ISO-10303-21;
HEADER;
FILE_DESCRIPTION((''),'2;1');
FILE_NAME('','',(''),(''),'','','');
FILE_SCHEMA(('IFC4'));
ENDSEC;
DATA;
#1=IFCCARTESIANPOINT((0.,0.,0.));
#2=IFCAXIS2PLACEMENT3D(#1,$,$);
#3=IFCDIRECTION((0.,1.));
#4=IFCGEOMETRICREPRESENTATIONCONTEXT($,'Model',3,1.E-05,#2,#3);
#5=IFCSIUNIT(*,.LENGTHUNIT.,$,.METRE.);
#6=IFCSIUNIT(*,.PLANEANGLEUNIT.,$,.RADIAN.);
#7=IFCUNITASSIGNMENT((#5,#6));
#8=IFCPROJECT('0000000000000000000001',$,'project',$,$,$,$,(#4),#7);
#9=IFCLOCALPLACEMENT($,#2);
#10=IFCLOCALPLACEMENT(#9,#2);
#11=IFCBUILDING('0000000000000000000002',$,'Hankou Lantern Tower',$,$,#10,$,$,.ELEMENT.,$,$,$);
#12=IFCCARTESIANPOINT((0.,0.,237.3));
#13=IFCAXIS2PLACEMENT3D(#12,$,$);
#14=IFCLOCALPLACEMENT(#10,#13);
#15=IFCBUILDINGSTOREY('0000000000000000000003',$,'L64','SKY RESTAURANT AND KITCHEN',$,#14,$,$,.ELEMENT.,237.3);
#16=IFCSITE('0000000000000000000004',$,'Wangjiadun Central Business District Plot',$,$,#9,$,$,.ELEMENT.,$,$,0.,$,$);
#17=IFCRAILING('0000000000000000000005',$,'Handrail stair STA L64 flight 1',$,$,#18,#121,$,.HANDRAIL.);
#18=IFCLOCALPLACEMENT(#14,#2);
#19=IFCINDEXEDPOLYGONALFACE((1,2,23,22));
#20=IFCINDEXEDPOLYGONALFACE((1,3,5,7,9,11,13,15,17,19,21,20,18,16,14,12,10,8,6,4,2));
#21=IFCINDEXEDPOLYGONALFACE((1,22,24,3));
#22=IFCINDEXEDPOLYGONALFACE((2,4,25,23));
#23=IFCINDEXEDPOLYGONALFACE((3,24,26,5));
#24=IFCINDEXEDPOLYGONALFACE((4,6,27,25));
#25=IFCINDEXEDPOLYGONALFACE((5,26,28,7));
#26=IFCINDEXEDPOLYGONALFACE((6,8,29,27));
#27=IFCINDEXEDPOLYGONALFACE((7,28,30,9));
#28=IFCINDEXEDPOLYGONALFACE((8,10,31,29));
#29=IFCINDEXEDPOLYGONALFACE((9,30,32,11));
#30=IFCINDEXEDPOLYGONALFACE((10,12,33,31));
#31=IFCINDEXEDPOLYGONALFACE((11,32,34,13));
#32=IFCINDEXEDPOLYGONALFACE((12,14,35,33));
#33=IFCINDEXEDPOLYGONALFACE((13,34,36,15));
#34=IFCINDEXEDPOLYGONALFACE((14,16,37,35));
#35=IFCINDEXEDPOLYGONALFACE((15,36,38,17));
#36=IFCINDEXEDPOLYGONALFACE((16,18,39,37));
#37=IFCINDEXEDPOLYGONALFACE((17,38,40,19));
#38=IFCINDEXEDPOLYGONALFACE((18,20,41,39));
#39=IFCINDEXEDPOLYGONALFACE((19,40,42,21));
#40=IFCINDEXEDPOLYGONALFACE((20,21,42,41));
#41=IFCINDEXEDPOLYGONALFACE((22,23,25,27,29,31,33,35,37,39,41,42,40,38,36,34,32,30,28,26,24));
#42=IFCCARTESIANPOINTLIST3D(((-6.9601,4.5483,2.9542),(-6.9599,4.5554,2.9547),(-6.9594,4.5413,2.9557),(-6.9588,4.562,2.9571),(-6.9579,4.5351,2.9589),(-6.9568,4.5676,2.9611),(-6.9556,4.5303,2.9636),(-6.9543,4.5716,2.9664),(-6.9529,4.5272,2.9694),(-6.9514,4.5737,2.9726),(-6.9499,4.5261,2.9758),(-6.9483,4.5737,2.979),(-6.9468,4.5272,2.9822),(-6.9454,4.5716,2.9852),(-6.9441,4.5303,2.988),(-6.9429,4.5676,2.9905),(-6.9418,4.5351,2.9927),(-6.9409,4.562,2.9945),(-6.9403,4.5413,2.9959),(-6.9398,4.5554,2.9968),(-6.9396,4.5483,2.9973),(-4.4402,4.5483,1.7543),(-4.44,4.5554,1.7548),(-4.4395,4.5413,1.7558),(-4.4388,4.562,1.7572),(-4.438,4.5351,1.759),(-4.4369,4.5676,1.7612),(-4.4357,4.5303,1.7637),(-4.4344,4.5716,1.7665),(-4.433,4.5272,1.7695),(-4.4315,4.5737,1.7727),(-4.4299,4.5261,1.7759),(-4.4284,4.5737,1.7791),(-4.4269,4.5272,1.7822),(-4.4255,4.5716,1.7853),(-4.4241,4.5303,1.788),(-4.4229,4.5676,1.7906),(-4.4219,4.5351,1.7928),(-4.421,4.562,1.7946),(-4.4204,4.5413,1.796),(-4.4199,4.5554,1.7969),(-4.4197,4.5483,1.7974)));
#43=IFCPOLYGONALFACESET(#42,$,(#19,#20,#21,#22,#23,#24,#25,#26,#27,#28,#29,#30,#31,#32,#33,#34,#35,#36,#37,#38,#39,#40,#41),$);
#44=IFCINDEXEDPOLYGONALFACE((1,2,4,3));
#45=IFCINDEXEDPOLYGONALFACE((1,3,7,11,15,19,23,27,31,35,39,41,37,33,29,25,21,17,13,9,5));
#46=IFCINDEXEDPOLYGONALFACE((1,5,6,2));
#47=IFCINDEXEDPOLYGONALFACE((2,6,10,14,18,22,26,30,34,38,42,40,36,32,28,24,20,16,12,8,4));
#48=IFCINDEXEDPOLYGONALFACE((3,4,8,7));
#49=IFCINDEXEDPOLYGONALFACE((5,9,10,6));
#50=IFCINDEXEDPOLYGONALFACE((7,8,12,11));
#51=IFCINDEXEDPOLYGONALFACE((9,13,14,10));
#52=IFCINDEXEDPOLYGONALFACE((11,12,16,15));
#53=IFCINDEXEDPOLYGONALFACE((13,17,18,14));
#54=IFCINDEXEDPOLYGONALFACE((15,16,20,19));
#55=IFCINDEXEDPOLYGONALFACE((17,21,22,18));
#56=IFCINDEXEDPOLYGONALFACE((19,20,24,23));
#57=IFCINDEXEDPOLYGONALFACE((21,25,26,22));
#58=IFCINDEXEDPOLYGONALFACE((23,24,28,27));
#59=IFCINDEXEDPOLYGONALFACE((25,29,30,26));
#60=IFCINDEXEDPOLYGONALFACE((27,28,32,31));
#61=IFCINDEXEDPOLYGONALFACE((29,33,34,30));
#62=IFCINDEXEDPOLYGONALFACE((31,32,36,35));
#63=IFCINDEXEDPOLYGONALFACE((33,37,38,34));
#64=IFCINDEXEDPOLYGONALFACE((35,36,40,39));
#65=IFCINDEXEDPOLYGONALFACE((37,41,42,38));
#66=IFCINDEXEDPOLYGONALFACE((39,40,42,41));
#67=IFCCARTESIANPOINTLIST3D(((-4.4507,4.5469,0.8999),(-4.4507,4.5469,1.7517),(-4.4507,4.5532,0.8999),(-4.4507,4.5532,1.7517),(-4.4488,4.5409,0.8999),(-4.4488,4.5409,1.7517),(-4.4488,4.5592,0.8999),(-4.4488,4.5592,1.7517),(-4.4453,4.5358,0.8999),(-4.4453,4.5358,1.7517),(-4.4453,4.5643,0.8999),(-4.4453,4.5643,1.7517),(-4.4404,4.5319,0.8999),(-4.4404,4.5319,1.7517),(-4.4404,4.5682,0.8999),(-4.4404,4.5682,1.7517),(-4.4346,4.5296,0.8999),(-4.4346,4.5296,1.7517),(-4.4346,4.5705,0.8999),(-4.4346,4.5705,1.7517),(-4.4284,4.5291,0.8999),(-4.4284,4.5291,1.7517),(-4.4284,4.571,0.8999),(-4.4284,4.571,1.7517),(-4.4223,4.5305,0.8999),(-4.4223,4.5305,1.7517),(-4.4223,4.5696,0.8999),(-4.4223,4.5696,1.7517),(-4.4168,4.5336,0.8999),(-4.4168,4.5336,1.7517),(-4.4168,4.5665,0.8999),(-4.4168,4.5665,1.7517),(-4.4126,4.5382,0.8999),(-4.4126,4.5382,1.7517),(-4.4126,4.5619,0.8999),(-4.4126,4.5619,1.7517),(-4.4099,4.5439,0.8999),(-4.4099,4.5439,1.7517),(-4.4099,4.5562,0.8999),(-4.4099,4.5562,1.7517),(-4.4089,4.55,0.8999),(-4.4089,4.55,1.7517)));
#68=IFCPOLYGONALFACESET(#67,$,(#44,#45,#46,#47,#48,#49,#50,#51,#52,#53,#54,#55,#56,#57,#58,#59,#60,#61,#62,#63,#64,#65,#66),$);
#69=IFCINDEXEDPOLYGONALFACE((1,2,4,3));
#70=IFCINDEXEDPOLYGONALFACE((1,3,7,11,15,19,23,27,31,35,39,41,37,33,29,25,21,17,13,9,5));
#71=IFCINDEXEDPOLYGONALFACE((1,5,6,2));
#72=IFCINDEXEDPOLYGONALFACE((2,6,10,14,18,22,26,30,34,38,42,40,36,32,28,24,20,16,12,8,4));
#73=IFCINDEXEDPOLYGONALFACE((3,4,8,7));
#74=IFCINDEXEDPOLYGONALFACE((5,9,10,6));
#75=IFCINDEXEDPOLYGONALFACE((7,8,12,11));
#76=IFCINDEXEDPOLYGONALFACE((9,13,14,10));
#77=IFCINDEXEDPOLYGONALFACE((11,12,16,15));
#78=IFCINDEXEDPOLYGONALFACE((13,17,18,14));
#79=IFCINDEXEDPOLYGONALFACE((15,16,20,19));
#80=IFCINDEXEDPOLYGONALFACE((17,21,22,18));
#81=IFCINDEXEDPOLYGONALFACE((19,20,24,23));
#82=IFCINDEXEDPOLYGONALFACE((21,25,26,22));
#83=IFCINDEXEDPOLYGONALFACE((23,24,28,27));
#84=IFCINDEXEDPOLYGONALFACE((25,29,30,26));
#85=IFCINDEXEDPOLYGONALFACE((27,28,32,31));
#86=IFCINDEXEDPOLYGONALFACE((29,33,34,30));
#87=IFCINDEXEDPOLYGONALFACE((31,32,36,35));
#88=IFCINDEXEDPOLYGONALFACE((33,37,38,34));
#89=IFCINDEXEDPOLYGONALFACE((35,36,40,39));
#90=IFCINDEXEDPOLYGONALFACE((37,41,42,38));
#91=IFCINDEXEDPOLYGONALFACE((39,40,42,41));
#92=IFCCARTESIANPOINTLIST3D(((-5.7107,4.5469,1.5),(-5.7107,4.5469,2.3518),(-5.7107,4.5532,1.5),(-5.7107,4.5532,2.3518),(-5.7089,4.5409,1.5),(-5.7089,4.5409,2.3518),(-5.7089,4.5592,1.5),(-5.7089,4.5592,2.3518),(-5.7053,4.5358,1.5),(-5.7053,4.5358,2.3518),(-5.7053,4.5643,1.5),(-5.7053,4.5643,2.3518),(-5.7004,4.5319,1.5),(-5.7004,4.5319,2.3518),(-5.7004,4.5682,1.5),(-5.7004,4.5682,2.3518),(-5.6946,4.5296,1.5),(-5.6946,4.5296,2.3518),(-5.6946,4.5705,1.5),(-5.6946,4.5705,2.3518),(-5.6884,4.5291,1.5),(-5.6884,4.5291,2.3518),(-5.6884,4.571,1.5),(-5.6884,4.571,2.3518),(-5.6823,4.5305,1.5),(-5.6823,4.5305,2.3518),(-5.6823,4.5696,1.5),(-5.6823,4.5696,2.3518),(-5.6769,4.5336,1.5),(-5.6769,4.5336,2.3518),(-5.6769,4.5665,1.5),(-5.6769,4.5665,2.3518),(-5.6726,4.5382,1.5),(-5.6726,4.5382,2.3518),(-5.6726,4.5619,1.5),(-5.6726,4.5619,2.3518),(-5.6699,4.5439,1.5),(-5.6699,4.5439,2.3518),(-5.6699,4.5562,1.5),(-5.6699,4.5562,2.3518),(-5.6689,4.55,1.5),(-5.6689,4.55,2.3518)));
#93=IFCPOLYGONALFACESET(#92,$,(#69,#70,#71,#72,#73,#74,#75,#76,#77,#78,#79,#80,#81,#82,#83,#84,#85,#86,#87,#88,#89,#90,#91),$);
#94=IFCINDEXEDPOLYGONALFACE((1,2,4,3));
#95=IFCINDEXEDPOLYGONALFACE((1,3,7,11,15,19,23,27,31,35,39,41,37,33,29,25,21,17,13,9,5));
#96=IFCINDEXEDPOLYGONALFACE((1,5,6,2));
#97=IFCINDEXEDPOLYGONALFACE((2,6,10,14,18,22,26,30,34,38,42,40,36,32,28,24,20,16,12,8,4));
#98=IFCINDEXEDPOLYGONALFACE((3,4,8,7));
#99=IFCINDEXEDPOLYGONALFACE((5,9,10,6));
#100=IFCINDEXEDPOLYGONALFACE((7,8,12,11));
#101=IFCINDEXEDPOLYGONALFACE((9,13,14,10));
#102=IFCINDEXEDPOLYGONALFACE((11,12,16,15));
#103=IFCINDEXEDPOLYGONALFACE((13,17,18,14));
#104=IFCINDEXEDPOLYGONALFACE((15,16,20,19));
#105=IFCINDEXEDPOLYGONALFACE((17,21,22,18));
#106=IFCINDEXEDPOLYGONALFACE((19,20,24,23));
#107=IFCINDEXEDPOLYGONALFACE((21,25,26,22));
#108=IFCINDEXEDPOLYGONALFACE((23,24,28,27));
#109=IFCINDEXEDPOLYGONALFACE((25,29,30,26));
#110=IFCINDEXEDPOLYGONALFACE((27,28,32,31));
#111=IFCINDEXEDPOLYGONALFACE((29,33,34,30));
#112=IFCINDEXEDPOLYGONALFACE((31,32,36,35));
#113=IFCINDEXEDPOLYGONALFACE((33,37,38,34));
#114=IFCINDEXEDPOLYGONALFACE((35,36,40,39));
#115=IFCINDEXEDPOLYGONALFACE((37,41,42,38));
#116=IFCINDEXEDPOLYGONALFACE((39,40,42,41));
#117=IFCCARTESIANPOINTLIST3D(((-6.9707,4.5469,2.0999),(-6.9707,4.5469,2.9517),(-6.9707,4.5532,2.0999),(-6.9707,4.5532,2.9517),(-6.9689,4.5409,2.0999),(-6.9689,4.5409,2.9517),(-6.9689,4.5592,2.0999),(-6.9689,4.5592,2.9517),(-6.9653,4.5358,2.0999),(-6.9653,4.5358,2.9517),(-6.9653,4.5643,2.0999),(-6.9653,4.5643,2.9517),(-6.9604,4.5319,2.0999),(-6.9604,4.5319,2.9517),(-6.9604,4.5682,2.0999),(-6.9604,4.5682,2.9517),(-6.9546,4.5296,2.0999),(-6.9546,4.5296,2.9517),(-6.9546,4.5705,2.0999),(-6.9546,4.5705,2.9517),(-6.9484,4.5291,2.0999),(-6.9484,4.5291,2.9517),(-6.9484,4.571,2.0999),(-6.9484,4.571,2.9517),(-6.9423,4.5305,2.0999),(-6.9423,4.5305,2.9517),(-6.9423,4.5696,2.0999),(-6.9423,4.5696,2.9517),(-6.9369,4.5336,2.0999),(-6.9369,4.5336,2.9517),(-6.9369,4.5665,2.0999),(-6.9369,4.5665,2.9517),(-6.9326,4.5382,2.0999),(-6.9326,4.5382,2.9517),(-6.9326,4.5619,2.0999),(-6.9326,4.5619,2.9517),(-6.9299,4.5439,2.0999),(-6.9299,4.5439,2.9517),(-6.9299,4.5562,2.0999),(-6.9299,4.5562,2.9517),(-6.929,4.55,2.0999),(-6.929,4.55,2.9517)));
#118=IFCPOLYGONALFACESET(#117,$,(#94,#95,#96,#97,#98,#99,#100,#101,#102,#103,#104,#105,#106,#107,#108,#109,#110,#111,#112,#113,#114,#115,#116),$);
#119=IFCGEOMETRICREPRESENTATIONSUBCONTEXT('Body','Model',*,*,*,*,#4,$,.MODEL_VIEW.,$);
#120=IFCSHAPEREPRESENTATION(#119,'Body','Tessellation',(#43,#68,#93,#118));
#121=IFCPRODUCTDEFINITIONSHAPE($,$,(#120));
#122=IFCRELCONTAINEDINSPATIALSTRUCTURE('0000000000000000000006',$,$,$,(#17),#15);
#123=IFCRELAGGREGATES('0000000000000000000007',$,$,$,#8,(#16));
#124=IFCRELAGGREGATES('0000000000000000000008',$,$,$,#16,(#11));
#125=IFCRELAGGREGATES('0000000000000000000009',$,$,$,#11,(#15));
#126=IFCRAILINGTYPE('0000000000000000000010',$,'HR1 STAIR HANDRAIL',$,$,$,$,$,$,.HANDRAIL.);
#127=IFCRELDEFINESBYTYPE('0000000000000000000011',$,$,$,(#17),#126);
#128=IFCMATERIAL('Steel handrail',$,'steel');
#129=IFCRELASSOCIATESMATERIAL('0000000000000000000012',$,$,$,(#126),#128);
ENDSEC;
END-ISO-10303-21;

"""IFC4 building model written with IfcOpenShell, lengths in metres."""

from ifc_helpers import new_model, si_unit, direction, frame, origin, origin_2d, place, context, subcontext, project, spatial, circle, extrude, material, type_object, element, save


model = new_model("IFC4")

# Units and contexts
model_context = context("Model", 3, precision=1e-05, world=origin(), true_north=direction((0.0, 1.0)))
body_context = subcontext(model_context, "Body", "Model", "MODEL_VIEW")
ifc_project = project(units=[si_unit("LENGTHUNIT", "METRE"), si_unit("PLANEANGLEUNIT", "RADIAN")], contexts=[model_context])

# Site, building, storey
site_placement = place(None, origin())
site = spatial("IfcSite", under=ifc_project, at=site_placement, Name="Wangjiadun Central Business District Plot", CompositionType="ELEMENT", RefElevation=0.0)
building_placement = place(site_placement, origin())
building = spatial("IfcBuilding", under=site, at=building_placement, Name="Hankou Lantern Tower", CompositionType="ELEMENT")
storey_placement = place(building_placement, frame((0.0, 0.0, 237.3)))
storey = spatial("IfcBuildingStorey", under=building, at=storey_placement, Name="L64", Description="SKY RESTAURANT AND KITCHEN", CompositionType="ELEMENT", Elevation=237.3)

# Railing
ifc_material_1 = material(Name="Steel handrail", Category="steel")
railing_type = type_object("IfcRailingType", Name="HR1 STAIR HANDRAIL", PredefinedType="HANDRAIL", material=ifc_material_1)
railing_1_placement = place(storey_placement, frame((-4.4299, 4.55, 0.8999)))
element("IfcRailing", 1, at=railing_1_placement, inside=storey, type_object=railing_type, Name="Handrail stair STA L64 flight 1", PredefinedType="HANDRAIL", context=body_context, shape_type="SweptSolid", body=[
    extrude(circle(Radius=0.0239, at=origin_2d()), frame((0.0, 0.0, 0.876), z_axis=(-0.902869, 0.0, 0.429917), x_axis=(0.0, -1.0, 0.0)), (0.0, 0.0, 1.0), 2.791),
    extrude(circle(Radius=0.021, at=origin_2d()), origin(), (0.0, 0.0, 1.0), 0.8518),
    extrude(circle(Radius=0.021, at=origin_2d()), frame((-1.26, 0.0, 0.6001)), (0.0, 0.0, 1.0), 0.8518),
    extrude(circle(Radius=0.021, at=origin_2d()), frame((-2.52, 0.0, 1.2)), (0.0, 0.0, 1.0), 0.8518),
])

save(model, "model.ifc")
